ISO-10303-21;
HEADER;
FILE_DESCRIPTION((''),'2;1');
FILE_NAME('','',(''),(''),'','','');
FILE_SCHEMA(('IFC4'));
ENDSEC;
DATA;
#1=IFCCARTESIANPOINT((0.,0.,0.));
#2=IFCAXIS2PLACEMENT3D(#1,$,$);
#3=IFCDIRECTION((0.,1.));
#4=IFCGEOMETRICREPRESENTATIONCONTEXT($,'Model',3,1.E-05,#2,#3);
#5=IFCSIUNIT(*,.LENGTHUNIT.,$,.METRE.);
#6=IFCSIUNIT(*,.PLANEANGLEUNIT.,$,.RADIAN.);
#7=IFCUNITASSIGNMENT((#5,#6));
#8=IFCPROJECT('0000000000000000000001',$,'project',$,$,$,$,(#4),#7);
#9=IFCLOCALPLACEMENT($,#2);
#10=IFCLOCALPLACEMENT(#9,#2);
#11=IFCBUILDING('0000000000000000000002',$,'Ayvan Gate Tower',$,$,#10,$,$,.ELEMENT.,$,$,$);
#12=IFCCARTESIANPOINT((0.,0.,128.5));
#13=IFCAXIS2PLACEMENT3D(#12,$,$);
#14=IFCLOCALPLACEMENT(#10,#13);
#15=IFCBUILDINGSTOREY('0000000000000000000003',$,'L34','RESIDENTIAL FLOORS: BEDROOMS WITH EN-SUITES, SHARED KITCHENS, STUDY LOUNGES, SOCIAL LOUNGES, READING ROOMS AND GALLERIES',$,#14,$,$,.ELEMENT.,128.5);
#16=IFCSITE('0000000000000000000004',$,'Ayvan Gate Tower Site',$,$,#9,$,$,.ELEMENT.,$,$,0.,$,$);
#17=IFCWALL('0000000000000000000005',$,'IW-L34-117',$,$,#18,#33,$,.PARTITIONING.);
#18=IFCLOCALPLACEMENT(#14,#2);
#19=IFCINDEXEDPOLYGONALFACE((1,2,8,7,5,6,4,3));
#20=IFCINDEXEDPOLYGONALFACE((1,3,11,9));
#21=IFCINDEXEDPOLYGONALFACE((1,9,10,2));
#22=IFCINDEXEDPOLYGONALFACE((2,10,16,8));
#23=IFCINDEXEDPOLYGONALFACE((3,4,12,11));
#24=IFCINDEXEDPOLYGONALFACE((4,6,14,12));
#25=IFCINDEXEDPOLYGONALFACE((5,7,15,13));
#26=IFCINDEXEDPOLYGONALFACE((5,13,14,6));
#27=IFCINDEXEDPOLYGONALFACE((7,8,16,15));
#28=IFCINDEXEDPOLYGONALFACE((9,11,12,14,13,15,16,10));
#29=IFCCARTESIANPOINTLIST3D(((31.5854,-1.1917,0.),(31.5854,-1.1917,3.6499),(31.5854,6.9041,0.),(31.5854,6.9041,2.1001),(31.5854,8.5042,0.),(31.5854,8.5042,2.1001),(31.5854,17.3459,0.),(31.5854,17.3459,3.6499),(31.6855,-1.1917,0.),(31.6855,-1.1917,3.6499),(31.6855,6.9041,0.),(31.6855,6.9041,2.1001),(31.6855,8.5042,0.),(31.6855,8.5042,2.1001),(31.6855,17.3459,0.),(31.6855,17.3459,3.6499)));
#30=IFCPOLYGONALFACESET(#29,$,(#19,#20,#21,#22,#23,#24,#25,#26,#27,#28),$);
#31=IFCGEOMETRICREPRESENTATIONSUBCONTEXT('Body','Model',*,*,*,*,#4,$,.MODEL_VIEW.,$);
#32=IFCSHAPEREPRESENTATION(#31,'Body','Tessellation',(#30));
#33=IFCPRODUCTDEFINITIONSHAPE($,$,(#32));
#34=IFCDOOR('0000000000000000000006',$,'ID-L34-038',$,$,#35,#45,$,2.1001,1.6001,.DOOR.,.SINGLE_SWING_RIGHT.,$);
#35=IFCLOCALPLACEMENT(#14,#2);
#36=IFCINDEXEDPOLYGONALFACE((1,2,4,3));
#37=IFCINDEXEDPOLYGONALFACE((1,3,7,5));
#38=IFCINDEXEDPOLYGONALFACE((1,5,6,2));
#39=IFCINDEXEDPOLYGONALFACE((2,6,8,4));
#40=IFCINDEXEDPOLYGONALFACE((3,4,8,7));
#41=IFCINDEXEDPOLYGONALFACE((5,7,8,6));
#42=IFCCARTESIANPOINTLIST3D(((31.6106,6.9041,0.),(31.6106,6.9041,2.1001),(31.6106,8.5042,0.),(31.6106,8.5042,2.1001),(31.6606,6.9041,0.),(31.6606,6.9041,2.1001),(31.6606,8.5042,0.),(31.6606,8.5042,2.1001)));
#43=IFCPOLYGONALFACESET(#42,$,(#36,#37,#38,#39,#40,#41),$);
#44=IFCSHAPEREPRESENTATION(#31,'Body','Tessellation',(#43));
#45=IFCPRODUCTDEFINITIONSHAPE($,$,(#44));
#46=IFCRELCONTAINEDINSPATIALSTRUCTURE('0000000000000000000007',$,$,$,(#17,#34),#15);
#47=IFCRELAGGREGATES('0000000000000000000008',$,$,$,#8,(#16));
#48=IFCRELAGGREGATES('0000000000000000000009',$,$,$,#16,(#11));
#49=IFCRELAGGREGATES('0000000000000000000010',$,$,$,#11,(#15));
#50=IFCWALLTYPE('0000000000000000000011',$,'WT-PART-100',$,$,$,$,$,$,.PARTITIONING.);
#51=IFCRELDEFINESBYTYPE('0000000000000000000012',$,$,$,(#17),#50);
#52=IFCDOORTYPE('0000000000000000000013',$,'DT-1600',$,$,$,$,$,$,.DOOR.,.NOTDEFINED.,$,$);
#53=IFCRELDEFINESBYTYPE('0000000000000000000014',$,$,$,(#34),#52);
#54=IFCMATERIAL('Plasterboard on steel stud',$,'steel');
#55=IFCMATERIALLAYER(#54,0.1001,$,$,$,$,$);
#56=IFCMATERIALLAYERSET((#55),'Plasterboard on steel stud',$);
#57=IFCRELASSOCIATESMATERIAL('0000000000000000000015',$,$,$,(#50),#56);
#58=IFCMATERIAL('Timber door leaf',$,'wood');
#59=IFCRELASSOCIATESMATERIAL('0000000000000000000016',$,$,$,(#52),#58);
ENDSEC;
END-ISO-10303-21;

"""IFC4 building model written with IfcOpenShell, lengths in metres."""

from ifc_helpers import new_model, si_unit, direction, frame, frame_2d, origin, place, context, subcontext, project, spatial, rectangle, extrude, material, layer, layer_set, type_object, element, fill, save


model = new_model("IFC4")

# Units and contexts
model_context = context("Model", 3, precision=1e-05, world=origin(), true_north=direction((0.0, 1.0)))
body_context = subcontext(model_context, "Body", "Model", "MODEL_VIEW")
ifc_project = project(units=[si_unit("LENGTHUNIT", "METRE"), si_unit("PLANEANGLEUNIT", "RADIAN")], contexts=[model_context])

# Site, building, storey
site_placement = place(None, origin())
site = spatial("IfcSite", under=ifc_project, at=site_placement, Name="Ayvan Gate Tower Site", CompositionType="ELEMENT", RefElevation=0.0)
building_placement = place(site_placement, origin())
building = spatial("IfcBuilding", under=site, at=building_placement, Name="Ayvan Gate Tower", CompositionType="ELEMENT")
storey_placement = place(building_placement, frame((0.0, 0.0, 128.5)))
storey = spatial("IfcBuildingStorey", under=building, at=storey_placement, Name="L34", Description="RESIDENTIAL FLOORS: BEDROOMS WITH EN-SUITES, SHARED KITCHENS, STUDY LOUNGES, SOCIAL LOUNGES, READING ROOMS AND GALLERIES", CompositionType="ELEMENT", Elevation=128.5)

# Wall, opening, door
ifc_material_1 = material(Name="Plasterboard on steel stud", Category="steel")
ifc_layer_1 = layer(ifc_material_1, 0.1001)
ifc_layer_set_1 = layer_set([ifc_layer_1], Name="Plasterboard on steel stud")
wall_type = type_object("IfcWallType", Name="WT-PART-100", PredefinedType="PARTITIONING", material=ifc_layer_set_1)
wall_placement = place(storey_placement, frame((31.6355, -1.1917, 0.0), z_axis=(0.0, 0.0, 1.0), x_axis=(0.0, 1.0, 0.0)))
wall = element("IfcWall", 1, at=wall_placement, inside=storey, type_object=wall_type, Name="IW-L34-117", PredefinedType="PARTITIONING", context=body_context, shape_type="SweptSolid", body=[
    extrude(rectangle(XDim=18.5376, YDim=0.1001, at=frame_2d((9.2688, 0.0))), origin(), (0.0, 0.0, 1.0), 3.6499),
])
opening_placement = place(wall_placement, frame((8.0957, 0.0, 0.0)))
opening = element("IfcOpeningElement", 2, at=opening_placement, cuts=wall, PredefinedType="OPENING", context=body_context, shape_type="SweptSolid", body=[
    extrude(rectangle(XDim=1.6001, YDim=2.1001, at=frame_2d((0.8, 1.05))), frame((0.0, 0.0601, 0.0), z_axis=(0.0, -1.0, 0.0), x_axis=(1.0, 0.0, 0.0)), (0.0, 0.0, 1.0), 0.1201),
])
ifc_material_2 = material(Name="Timber door leaf", Category="wood")
door_type = type_object("IfcDoorType", Name="DT-1600", OperationType="NOTDEFINED", PredefinedType="DOOR", material=ifc_material_2)
door_placement = place(opening_placement, origin())
door = element("IfcDoor", 3, at=door_placement, inside=storey, type_object=door_type, Name="ID-L34-038", OperationType="SINGLE_SWING_RIGHT", OverallHeight=2.1001, OverallWidth=1.6001, PredefinedType="DOOR", context=body_context, shape_type="SweptSolid", body=[
    extrude(rectangle(XDim=1.6001, YDim=2.1001, at=frame_2d((0.8, 1.05))), frame((0.0, 0.0249, 0.0), z_axis=(0.0, -1.0, 0.0), x_axis=(1.0, 0.0, 0.0)), (0.0, 0.0, 1.0), 0.05),
])
fill(opening, door)

save(model, "model.ifc")
